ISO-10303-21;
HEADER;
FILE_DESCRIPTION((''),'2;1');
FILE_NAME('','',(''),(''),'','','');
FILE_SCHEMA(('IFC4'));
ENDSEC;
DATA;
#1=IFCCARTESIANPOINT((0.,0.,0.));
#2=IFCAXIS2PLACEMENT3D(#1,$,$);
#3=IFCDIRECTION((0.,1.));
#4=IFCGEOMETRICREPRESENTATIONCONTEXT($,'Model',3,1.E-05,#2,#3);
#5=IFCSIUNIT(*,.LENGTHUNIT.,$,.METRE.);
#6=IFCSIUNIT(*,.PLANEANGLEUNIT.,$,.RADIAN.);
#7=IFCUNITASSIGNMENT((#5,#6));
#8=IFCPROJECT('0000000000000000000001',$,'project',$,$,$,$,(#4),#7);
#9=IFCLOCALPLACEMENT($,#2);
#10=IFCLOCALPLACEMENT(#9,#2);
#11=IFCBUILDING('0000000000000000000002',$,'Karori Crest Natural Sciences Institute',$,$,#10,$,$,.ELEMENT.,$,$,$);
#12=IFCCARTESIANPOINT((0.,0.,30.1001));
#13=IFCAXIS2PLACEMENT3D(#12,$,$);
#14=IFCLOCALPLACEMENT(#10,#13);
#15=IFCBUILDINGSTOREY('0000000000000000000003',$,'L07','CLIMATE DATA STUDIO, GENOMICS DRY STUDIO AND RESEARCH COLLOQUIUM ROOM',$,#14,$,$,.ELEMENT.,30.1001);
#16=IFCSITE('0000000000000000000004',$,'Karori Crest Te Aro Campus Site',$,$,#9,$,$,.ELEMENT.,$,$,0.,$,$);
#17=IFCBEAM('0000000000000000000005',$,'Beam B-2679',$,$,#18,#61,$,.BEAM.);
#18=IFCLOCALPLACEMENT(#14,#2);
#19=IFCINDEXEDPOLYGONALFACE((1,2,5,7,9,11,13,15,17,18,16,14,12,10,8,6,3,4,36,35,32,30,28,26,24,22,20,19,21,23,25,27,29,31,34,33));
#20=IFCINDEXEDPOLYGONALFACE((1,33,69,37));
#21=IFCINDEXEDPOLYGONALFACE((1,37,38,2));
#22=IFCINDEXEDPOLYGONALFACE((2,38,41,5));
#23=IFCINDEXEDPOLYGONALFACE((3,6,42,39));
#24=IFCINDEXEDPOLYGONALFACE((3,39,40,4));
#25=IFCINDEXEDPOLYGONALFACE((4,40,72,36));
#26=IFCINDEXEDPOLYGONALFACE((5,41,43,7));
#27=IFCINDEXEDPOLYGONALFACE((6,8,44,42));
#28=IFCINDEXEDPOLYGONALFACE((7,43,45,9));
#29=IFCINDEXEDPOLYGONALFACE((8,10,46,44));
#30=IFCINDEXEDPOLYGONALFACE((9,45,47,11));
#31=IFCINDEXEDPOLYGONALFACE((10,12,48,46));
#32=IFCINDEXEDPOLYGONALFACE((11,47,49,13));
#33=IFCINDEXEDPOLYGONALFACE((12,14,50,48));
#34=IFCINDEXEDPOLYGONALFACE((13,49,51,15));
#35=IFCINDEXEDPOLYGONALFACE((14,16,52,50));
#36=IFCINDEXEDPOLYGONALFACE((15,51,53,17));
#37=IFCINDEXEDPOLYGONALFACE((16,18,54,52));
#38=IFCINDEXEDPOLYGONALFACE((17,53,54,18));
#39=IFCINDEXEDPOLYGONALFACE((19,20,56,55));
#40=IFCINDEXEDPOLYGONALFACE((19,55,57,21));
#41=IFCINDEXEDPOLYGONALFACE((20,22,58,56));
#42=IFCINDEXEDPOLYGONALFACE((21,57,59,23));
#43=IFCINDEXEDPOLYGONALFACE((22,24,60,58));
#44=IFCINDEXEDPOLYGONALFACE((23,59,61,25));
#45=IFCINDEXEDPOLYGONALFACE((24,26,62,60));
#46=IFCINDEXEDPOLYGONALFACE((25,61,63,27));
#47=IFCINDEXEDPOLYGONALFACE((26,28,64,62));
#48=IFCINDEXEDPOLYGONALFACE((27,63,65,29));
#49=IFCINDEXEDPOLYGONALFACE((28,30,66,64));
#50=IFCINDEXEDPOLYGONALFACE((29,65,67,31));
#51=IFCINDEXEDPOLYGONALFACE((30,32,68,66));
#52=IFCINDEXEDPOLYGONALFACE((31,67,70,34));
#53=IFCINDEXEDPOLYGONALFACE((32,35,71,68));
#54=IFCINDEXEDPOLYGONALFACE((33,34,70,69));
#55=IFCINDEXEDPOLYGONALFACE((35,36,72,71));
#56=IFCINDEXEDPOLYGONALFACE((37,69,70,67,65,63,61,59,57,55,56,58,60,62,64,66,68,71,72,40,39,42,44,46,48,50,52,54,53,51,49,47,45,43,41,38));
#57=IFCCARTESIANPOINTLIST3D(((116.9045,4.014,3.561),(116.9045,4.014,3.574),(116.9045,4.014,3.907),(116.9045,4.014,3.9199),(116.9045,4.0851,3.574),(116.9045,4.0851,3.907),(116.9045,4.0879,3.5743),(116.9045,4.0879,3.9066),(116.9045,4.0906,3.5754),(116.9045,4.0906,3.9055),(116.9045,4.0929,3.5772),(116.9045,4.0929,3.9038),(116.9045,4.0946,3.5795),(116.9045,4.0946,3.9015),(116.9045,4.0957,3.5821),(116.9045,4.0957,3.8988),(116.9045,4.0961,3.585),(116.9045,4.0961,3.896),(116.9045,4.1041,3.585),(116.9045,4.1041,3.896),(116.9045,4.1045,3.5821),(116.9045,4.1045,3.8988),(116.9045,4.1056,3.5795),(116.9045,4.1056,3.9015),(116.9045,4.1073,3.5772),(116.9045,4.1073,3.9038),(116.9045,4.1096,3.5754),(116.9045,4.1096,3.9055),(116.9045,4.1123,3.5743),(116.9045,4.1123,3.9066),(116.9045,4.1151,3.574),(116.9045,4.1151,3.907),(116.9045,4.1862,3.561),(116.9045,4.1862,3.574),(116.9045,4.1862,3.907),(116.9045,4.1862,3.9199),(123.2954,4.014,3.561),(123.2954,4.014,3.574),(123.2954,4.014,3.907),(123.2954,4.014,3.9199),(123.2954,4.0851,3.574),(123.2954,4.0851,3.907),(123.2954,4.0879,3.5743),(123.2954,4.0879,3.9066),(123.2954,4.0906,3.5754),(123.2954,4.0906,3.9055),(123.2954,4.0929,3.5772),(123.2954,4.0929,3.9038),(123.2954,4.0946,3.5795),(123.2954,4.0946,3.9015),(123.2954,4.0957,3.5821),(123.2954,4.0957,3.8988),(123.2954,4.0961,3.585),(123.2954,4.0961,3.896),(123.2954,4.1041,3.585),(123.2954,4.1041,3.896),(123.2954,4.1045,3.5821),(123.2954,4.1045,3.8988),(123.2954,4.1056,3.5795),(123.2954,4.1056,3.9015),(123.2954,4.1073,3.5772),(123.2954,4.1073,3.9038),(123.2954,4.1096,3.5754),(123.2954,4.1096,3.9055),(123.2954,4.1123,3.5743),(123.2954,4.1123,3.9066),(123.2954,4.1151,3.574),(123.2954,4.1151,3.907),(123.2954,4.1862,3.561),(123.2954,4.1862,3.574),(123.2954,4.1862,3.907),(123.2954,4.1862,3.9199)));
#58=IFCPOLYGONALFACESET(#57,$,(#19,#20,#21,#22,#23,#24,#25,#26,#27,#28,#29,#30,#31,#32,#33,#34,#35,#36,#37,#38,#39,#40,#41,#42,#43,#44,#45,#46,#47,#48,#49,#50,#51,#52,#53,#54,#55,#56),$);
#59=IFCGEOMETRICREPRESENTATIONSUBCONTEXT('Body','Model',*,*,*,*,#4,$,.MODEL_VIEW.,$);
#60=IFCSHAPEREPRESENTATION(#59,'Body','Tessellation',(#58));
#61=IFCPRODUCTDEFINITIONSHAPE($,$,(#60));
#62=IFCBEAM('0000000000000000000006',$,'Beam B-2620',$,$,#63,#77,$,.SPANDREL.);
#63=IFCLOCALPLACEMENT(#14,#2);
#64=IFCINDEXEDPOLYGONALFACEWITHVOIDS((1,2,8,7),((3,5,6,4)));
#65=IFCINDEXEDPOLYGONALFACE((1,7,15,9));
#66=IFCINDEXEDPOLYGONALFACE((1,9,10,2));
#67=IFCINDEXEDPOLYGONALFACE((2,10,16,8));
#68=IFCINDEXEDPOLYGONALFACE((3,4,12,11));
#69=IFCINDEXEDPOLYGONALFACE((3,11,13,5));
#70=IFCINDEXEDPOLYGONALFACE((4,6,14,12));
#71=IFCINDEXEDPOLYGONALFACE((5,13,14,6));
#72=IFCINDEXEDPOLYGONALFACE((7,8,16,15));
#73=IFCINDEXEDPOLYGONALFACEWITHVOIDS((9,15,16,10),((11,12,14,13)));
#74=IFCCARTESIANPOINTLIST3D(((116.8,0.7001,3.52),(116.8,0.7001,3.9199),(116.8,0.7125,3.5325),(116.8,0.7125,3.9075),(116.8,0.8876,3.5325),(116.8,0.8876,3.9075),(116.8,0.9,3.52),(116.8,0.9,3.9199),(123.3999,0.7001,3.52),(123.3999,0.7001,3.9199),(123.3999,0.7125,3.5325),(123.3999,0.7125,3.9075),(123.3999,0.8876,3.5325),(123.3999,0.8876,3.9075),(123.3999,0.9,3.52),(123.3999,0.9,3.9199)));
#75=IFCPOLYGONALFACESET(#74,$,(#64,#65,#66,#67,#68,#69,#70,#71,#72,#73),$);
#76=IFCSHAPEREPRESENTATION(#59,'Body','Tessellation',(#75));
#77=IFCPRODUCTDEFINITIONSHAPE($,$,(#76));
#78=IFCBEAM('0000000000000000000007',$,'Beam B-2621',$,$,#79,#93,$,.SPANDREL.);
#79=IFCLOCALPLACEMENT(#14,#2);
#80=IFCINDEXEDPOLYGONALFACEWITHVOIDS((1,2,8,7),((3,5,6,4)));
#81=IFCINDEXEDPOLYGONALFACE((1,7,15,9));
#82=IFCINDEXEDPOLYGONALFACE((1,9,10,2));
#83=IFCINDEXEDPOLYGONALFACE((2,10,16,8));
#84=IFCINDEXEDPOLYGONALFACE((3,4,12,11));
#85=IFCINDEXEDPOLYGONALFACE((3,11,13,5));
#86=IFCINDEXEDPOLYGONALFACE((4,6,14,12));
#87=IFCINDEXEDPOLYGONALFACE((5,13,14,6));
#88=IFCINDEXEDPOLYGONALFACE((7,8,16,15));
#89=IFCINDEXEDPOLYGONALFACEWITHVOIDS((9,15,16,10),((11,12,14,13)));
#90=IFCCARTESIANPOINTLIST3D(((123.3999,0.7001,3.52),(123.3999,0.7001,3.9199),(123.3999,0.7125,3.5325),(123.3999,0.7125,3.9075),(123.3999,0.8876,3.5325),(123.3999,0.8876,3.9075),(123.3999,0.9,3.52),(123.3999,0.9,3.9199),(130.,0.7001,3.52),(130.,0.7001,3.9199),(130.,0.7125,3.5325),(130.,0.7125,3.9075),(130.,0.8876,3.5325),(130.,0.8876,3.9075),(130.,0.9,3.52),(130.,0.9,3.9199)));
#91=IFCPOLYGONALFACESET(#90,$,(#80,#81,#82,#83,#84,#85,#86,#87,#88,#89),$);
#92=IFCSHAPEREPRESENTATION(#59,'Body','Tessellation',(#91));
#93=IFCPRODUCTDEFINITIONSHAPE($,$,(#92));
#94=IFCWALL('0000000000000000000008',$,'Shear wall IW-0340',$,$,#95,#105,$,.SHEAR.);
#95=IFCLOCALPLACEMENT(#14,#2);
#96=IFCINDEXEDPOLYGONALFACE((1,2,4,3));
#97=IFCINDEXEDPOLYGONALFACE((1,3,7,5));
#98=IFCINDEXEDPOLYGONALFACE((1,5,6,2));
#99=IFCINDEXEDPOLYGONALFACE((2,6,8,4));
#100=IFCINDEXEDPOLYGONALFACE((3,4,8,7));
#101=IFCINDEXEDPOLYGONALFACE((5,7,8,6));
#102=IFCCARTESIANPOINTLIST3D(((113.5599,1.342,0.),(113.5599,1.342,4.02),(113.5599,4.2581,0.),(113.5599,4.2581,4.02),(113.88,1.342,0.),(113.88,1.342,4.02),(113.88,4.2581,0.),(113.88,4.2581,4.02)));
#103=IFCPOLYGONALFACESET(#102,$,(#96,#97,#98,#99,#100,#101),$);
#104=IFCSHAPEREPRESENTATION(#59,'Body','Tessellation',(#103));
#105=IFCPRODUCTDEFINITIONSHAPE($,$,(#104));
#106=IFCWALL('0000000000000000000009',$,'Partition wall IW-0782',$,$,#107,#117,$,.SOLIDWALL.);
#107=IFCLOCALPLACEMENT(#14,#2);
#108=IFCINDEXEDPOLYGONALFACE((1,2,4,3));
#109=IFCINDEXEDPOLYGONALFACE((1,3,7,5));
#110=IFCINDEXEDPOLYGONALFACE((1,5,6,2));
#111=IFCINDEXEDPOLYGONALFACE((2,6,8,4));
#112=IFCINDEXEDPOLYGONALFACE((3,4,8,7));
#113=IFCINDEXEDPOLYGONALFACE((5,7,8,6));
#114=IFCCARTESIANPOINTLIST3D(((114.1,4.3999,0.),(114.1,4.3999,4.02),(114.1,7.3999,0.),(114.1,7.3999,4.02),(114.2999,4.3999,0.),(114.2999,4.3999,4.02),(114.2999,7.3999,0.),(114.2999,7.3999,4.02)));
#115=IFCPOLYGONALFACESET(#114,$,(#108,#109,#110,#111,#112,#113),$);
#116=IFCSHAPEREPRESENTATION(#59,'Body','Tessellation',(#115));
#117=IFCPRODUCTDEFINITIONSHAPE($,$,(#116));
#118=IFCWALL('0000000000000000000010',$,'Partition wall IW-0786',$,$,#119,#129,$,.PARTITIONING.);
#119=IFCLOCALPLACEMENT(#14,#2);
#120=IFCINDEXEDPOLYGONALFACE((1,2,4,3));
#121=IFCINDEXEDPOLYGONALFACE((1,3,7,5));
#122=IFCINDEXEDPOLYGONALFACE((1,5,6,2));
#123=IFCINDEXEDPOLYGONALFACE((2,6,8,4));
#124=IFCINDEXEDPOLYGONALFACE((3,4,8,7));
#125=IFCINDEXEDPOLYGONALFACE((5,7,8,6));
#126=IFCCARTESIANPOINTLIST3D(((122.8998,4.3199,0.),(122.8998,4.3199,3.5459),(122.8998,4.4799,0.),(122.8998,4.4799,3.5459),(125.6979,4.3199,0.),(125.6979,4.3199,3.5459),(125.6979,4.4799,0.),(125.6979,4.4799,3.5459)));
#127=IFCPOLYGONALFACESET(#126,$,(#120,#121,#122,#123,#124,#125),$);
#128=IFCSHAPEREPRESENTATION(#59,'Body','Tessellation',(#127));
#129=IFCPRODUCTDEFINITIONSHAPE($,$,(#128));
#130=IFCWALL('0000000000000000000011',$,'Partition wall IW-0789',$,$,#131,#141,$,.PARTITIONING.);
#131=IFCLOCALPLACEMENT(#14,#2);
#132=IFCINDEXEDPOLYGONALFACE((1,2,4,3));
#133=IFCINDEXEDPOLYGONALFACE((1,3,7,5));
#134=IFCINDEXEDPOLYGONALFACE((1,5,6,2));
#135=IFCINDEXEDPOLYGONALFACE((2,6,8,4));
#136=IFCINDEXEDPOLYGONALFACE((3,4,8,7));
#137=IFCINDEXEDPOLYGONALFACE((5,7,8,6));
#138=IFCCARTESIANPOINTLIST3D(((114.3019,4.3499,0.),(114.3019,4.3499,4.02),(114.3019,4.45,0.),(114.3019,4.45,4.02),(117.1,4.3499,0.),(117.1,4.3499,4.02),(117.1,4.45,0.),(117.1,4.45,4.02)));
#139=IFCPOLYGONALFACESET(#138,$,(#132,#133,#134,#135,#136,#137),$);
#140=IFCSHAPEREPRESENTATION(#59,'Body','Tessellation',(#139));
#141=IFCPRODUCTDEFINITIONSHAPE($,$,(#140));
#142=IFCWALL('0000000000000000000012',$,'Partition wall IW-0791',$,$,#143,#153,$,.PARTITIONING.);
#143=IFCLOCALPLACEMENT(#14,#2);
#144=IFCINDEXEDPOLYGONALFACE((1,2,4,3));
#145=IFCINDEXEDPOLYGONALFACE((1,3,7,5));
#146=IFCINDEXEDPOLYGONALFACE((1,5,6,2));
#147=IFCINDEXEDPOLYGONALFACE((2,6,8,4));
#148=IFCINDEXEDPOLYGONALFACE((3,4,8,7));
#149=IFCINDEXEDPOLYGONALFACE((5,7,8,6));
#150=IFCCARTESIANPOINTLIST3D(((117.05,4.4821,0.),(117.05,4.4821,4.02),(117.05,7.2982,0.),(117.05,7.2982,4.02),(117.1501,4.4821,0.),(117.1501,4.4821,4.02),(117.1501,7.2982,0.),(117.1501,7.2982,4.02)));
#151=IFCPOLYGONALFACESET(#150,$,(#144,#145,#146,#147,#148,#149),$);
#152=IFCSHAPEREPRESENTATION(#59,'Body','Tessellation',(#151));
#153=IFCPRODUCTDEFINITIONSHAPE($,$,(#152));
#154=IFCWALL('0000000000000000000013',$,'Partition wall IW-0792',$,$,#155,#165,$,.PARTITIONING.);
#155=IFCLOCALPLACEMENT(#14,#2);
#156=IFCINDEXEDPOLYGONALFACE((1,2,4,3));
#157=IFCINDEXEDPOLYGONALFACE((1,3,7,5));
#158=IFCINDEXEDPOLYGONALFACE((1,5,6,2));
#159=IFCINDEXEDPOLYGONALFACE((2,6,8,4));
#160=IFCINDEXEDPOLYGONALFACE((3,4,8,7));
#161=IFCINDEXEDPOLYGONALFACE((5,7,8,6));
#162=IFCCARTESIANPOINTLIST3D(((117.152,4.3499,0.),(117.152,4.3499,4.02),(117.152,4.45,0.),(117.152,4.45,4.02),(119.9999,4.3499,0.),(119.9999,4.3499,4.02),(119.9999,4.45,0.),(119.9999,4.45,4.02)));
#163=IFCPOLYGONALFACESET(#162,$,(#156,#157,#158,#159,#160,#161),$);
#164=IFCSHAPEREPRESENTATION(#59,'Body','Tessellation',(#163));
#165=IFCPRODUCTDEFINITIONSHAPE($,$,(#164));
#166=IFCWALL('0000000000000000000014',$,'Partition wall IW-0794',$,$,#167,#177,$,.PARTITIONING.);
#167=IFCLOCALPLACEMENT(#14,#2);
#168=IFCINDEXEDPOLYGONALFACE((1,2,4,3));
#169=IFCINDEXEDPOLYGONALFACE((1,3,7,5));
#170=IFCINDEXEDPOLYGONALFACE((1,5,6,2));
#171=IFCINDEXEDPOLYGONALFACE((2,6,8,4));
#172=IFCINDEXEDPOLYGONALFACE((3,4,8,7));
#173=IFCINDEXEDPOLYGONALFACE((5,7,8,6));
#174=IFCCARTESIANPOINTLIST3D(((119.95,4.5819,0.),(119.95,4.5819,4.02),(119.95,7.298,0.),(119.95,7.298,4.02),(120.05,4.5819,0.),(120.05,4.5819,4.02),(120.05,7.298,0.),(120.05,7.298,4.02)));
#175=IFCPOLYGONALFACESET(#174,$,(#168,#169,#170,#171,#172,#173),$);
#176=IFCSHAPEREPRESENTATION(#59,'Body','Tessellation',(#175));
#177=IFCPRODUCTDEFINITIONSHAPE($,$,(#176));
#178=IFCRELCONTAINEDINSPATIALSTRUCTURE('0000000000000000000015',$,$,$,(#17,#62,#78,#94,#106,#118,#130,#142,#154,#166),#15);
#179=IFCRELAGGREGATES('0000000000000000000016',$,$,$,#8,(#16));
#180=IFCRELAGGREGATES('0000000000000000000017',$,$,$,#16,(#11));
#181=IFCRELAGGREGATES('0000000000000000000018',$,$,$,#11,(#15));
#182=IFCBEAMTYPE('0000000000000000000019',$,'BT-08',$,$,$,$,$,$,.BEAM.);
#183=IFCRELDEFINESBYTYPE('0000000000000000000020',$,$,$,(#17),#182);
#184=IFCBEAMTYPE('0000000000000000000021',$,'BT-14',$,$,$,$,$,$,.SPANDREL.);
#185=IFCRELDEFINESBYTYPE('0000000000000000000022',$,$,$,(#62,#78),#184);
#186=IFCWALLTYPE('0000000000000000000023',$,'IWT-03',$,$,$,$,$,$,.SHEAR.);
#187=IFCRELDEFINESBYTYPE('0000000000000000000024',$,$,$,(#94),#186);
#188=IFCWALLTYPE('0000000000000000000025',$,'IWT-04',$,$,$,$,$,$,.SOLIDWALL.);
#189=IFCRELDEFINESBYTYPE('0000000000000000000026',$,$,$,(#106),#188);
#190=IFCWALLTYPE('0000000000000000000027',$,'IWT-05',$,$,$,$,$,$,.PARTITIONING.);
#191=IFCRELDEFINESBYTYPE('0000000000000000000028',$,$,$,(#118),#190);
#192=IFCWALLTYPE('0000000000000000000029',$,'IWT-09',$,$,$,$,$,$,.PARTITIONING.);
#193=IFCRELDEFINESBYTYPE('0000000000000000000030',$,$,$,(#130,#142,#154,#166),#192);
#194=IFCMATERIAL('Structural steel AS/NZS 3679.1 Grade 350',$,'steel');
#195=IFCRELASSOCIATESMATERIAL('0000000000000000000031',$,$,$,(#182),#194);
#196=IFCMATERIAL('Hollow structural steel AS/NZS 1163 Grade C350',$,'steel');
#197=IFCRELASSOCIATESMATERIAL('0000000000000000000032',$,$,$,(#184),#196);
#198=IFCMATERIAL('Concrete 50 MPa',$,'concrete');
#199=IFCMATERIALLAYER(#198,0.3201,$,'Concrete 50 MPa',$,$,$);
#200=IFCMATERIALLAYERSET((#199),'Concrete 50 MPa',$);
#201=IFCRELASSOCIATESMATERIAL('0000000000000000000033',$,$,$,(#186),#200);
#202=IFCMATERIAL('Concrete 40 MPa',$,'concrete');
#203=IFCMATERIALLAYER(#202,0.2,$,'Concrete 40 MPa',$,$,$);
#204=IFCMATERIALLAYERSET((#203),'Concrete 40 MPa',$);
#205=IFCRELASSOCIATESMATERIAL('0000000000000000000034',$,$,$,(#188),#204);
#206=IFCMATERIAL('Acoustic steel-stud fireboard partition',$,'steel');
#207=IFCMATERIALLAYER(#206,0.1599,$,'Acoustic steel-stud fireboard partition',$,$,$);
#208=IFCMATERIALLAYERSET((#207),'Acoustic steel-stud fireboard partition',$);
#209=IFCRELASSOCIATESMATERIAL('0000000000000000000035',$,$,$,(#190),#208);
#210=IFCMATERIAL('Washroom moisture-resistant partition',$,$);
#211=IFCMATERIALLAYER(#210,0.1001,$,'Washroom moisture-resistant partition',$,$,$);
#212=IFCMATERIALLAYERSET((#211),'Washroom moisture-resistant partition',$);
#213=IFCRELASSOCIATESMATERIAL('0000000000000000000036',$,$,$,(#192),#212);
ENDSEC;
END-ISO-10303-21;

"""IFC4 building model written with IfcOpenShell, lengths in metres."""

from ifc_helpers import new_model, si_unit, direction, frame, frame_2d, origin, origin_2d, place, context, subcontext, project, spatial, rectangle, hollow_rectangle, i_section, extrude, material, layer, layer_set, material_profile, profile_set, type_object, element, save


model = new_model("IFC4")

# Units and contexts
model_context = context("Model", 3, precision=1e-05, world=origin(), true_north=direction((0.0, 1.0)))
body_context = subcontext(model_context, "Body", "Model", "MODEL_VIEW")
ifc_project = project(units=[si_unit("LENGTHUNIT", "METRE"), si_unit("PLANEANGLEUNIT", "RADIAN")], contexts=[model_context])

# Site, building, storey
site_placement = place(None, origin())
site = spatial("IfcSite", under=ifc_project, at=site_placement, Name="Karori Crest Te Aro Campus Site", CompositionType="ELEMENT", RefElevation=0.0)
building_placement = place(site_placement, origin())
building = spatial("IfcBuilding", under=site, at=building_placement, Name="Karori Crest Natural Sciences Institute", CompositionType="ELEMENT")
storey_placement = place(building_placement, frame((0.0, 0.0, 30.1001)))
storey = spatial("IfcBuildingStorey", under=building, at=storey_placement, Name="L07", Description="CLIMATE DATA STUDIO, GENOMICS DRY STUDIO AND RESEARCH COLLOQUIUM ROOM", CompositionType="ELEMENT", Elevation=30.1001)

# Shared definitions
ifc_material_1 = material(Name="Concrete 50 MPa", Category="concrete")

# Beams
ifc_material_2 = material(Name="Structural steel AS/NZS 3679.1 Grade 350", Category="steel")
ifc_material_profile_1 = material_profile(ifc_material_2, i_section(OverallWidth=0.1721, OverallDepth=0.3589, WebThickness=0.0081, FlangeThickness=0.0129, FilletRadius=0.011, at=origin_2d()), Name="360UB56.7")
ifc_profile_set_1 = profile_set([ifc_material_profile_1], Name="Structural steel AS/NZS 3679.1 Grade 350")
beam_type_1 = type_object("IfcBeamType", Name="BT-08", PredefinedType="BEAM", material=ifc_profile_set_1)
beam_1_placement = place(storey_placement, frame((116.9045, 4.1001, 3.7405), z_axis=(1.0, 0.0, 0.0), x_axis=(0.0, 1.0, 0.0)))
element("IfcBeam", 1, at=beam_1_placement, inside=storey, type_object=beam_type_1, Name="Beam B-2679", PredefinedType="BEAM", context=body_context, shape_type="SweptSolid", body=[
    extrude(i_section(OverallWidth=0.1721, OverallDepth=0.3589, WebThickness=0.0081, FlangeThickness=0.0129, FilletRadius=0.011, at=origin_2d()), origin(), (0.0, 0.0, 1.0), 6.3909),
])
ifc_material_3 = material(Name="Hollow structural steel AS/NZS 1163 Grade C350", Category="steel")
ifc_material_profile_2 = material_profile(ifc_material_3, hollow_rectangle(XDim=0.2, YDim=0.3999, WallThickness=0.0125, at=origin_2d()), Name="RHS400x200x12.5")
ifc_profile_set_2 = profile_set([ifc_material_profile_2], Name="Hollow structural steel AS/NZS 1163 Grade C350")
beam_type_2 = type_object("IfcBeamType", Name="BT-14", PredefinedType="SPANDREL", material=ifc_profile_set_2)
beam_2_placement = place(storey_placement, frame((116.8, 0.8, 3.72), z_axis=(1.0, 0.0, 0.0), x_axis=(0.0, 1.0, 0.0)))
element("IfcBeam", 2, at=beam_2_placement, inside=storey, type_object=beam_type_2, Name="Beam B-2620", PredefinedType="SPANDREL", context=body_context, shape_type="SweptSolid", body=[
    extrude(hollow_rectangle(XDim=0.2, YDim=0.3999, WallThickness=0.0125, at=origin_2d()), origin(), (0.0, 0.0, 1.0), 6.5999),
])
beam_3_placement = place(storey_placement, frame((123.3999, 0.8, 3.72), z_axis=(1.0, 0.0, 0.0), x_axis=(0.0, 1.0, 0.0)))
element("IfcBeam", 3, at=beam_3_placement, inside=storey, type_object=beam_type_2, Name="Beam B-2621", PredefinedType="SPANDREL", context=body_context, shape_type="SweptSolid", body=[
    extrude(hollow_rectangle(XDim=0.2, YDim=0.3999, WallThickness=0.0125, at=origin_2d()), origin(), (0.0, 0.0, 1.0), 6.6001),
])

# Walls
ifc_layer_1 = layer(ifc_material_1, 0.3201, Name="Concrete 50 MPa")
ifc_layer_set_1 = layer_set([ifc_layer_1], Name="Concrete 50 MPa")
wall_type_1 = type_object("IfcWallType", Name="IWT-03", PredefinedType="SHEAR", material=ifc_layer_set_1)
wall_1_placement = place(storey_placement, frame((113.72, 1.342, 0.0), z_axis=(0.0, 0.0, 1.0), x_axis=(0.0, 1.0, 0.0)))
element("IfcWall", 4, at=wall_1_placement, inside=storey, type_object=wall_type_1, Name="Shear wall IW-0340", PredefinedType="SHEAR", context=body_context, shape_type="SweptSolid", body=[
    extrude(rectangle(XDim=2.916, YDim=0.3201, at=frame_2d((1.458, 0.0))), origin(), (0.0, 0.0, 1.0), 4.02),
])
ifc_material_4 = material(Name="Concrete 40 MPa", Category="concrete")
ifc_layer_2 = layer(ifc_material_4, 0.2, Name="Concrete 40 MPa")
ifc_layer_set_2 = layer_set([ifc_layer_2], Name="Concrete 40 MPa")
wall_type_2 = type_object("IfcWallType", Name="IWT-04", PredefinedType="SOLIDWALL", material=ifc_layer_set_2)
wall_2_placement = place(storey_placement, frame((114.2, 4.3999, 0.0), z_axis=(0.0, 0.0, 1.0), x_axis=(0.0, 1.0, 0.0)))
element("IfcWall", 5, at=wall_2_placement, inside=storey, type_object=wall_type_2, Name="Partition wall IW-0782", PredefinedType="SOLIDWALL", context=body_context, shape_type="SweptSolid", body=[
    extrude(rectangle(XDim=3.0, YDim=0.2, at=frame_2d((1.5, 0.0))), origin(), (0.0, 0.0, 1.0), 4.02),
])
ifc_material_5 = material(Name="Acoustic steel-stud fireboard partition", Category="steel")
ifc_layer_3 = layer(ifc_material_5, 0.1599, Name="Acoustic steel-stud fireboard partition")
ifc_layer_set_3 = layer_set([ifc_layer_3], Name="Acoustic steel-stud fireboard partition")
wall_type_3 = type_object("IfcWallType", Name="IWT-05", PredefinedType="PARTITIONING", material=ifc_layer_set_3)
wall_3_placement = place(storey_placement, frame((122.8999, 4.3999, 0.0), z_axis=(0.0, 0.0, 1.0), x_axis=(1.0, 0.0, 0.0)))
element("IfcWall", 6, at=wall_3_placement, inside=storey, type_object=wall_type_3, Name="Partition wall IW-0786", PredefinedType="PARTITIONING", context=body_context, shape_type="SweptSolid", body=[
    extrude(rectangle(XDim=2.7981, YDim=0.1599, at=frame_2d((1.3989, 0.0))), origin(), (0.0, 0.0, 1.0), 3.5459),
])
ifc_material_6 = material(Name="Washroom moisture-resistant partition")
ifc_layer_4 = layer(ifc_material_6, 0.1001, Name="Washroom moisture-resistant partition")
ifc_layer_set_4 = layer_set([ifc_layer_4], Name="Washroom moisture-resistant partition")
wall_type_4 = type_object("IfcWallType", Name="IWT-09", PredefinedType="PARTITIONING", material=ifc_layer_set_4)
wall_4_placement = place(storey_placement, frame((114.302, 4.3999, 0.0), z_axis=(0.0, 0.0, 1.0), x_axis=(1.0, 0.0, 0.0)))
element("IfcWall", 7, at=wall_4_placement, inside=storey, type_object=wall_type_4, Name="Partition wall IW-0789", PredefinedType="PARTITIONING", context=body_context, shape_type="SweptSolid", body=[
    extrude(rectangle(XDim=2.7981, YDim=0.1001, at=frame_2d((1.3989, 0.0))), origin(), (0.0, 0.0, 1.0), 4.02),
])
wall_5_placement = place(storey_placement, frame((117.1001, 4.4819, 0.0), z_axis=(0.0, 0.0, 1.0), x_axis=(0.0, 1.0, 0.0)))
element("IfcWall", 8, at=wall_5_placement, inside=storey, type_object=wall_type_4, Name="Partition wall IW-0791", PredefinedType="PARTITIONING", context=body_context, shape_type="SweptSolid", body=[
    extrude(rectangle(XDim=2.8162, YDim=0.1001, at=frame_2d((1.4082, 0.0))), origin(), (0.0, 0.0, 1.0), 4.02),
])
wall_6_placement = place(storey_placement, frame((117.1521, 4.3999, 0.0), z_axis=(0.0, 0.0, 1.0), x_axis=(1.0, 0.0, 0.0)))
element("IfcWall", 9, at=wall_6_placement, inside=storey, type_object=wall_type_4, Name="Partition wall IW-0792", PredefinedType="PARTITIONING", context=body_context, shape_type="SweptSolid", body=[
    extrude(rectangle(XDim=2.8479, YDim=0.1001, at=frame_2d((1.4238, 0.0))), origin(), (0.0, 0.0, 1.0), 4.02),
])
wall_7_placement = place(storey_placement, frame((120.0, 4.582, 0.0), z_axis=(0.0, 0.0, 1.0), x_axis=(0.0, 1.0, 0.0)))
element("IfcWall", 10, at=wall_7_placement, inside=storey, type_object=wall_type_4, Name="Partition wall IW-0794", PredefinedType="PARTITIONING", context=body_context, shape_type="SweptSolid", body=[
    extrude(rectangle(XDim=2.7161, YDim=0.1001, at=frame_2d((1.3579, 0.0))), origin(), (0.0, 0.0, 1.0), 4.02),
])

save(model, "model.ifc")
